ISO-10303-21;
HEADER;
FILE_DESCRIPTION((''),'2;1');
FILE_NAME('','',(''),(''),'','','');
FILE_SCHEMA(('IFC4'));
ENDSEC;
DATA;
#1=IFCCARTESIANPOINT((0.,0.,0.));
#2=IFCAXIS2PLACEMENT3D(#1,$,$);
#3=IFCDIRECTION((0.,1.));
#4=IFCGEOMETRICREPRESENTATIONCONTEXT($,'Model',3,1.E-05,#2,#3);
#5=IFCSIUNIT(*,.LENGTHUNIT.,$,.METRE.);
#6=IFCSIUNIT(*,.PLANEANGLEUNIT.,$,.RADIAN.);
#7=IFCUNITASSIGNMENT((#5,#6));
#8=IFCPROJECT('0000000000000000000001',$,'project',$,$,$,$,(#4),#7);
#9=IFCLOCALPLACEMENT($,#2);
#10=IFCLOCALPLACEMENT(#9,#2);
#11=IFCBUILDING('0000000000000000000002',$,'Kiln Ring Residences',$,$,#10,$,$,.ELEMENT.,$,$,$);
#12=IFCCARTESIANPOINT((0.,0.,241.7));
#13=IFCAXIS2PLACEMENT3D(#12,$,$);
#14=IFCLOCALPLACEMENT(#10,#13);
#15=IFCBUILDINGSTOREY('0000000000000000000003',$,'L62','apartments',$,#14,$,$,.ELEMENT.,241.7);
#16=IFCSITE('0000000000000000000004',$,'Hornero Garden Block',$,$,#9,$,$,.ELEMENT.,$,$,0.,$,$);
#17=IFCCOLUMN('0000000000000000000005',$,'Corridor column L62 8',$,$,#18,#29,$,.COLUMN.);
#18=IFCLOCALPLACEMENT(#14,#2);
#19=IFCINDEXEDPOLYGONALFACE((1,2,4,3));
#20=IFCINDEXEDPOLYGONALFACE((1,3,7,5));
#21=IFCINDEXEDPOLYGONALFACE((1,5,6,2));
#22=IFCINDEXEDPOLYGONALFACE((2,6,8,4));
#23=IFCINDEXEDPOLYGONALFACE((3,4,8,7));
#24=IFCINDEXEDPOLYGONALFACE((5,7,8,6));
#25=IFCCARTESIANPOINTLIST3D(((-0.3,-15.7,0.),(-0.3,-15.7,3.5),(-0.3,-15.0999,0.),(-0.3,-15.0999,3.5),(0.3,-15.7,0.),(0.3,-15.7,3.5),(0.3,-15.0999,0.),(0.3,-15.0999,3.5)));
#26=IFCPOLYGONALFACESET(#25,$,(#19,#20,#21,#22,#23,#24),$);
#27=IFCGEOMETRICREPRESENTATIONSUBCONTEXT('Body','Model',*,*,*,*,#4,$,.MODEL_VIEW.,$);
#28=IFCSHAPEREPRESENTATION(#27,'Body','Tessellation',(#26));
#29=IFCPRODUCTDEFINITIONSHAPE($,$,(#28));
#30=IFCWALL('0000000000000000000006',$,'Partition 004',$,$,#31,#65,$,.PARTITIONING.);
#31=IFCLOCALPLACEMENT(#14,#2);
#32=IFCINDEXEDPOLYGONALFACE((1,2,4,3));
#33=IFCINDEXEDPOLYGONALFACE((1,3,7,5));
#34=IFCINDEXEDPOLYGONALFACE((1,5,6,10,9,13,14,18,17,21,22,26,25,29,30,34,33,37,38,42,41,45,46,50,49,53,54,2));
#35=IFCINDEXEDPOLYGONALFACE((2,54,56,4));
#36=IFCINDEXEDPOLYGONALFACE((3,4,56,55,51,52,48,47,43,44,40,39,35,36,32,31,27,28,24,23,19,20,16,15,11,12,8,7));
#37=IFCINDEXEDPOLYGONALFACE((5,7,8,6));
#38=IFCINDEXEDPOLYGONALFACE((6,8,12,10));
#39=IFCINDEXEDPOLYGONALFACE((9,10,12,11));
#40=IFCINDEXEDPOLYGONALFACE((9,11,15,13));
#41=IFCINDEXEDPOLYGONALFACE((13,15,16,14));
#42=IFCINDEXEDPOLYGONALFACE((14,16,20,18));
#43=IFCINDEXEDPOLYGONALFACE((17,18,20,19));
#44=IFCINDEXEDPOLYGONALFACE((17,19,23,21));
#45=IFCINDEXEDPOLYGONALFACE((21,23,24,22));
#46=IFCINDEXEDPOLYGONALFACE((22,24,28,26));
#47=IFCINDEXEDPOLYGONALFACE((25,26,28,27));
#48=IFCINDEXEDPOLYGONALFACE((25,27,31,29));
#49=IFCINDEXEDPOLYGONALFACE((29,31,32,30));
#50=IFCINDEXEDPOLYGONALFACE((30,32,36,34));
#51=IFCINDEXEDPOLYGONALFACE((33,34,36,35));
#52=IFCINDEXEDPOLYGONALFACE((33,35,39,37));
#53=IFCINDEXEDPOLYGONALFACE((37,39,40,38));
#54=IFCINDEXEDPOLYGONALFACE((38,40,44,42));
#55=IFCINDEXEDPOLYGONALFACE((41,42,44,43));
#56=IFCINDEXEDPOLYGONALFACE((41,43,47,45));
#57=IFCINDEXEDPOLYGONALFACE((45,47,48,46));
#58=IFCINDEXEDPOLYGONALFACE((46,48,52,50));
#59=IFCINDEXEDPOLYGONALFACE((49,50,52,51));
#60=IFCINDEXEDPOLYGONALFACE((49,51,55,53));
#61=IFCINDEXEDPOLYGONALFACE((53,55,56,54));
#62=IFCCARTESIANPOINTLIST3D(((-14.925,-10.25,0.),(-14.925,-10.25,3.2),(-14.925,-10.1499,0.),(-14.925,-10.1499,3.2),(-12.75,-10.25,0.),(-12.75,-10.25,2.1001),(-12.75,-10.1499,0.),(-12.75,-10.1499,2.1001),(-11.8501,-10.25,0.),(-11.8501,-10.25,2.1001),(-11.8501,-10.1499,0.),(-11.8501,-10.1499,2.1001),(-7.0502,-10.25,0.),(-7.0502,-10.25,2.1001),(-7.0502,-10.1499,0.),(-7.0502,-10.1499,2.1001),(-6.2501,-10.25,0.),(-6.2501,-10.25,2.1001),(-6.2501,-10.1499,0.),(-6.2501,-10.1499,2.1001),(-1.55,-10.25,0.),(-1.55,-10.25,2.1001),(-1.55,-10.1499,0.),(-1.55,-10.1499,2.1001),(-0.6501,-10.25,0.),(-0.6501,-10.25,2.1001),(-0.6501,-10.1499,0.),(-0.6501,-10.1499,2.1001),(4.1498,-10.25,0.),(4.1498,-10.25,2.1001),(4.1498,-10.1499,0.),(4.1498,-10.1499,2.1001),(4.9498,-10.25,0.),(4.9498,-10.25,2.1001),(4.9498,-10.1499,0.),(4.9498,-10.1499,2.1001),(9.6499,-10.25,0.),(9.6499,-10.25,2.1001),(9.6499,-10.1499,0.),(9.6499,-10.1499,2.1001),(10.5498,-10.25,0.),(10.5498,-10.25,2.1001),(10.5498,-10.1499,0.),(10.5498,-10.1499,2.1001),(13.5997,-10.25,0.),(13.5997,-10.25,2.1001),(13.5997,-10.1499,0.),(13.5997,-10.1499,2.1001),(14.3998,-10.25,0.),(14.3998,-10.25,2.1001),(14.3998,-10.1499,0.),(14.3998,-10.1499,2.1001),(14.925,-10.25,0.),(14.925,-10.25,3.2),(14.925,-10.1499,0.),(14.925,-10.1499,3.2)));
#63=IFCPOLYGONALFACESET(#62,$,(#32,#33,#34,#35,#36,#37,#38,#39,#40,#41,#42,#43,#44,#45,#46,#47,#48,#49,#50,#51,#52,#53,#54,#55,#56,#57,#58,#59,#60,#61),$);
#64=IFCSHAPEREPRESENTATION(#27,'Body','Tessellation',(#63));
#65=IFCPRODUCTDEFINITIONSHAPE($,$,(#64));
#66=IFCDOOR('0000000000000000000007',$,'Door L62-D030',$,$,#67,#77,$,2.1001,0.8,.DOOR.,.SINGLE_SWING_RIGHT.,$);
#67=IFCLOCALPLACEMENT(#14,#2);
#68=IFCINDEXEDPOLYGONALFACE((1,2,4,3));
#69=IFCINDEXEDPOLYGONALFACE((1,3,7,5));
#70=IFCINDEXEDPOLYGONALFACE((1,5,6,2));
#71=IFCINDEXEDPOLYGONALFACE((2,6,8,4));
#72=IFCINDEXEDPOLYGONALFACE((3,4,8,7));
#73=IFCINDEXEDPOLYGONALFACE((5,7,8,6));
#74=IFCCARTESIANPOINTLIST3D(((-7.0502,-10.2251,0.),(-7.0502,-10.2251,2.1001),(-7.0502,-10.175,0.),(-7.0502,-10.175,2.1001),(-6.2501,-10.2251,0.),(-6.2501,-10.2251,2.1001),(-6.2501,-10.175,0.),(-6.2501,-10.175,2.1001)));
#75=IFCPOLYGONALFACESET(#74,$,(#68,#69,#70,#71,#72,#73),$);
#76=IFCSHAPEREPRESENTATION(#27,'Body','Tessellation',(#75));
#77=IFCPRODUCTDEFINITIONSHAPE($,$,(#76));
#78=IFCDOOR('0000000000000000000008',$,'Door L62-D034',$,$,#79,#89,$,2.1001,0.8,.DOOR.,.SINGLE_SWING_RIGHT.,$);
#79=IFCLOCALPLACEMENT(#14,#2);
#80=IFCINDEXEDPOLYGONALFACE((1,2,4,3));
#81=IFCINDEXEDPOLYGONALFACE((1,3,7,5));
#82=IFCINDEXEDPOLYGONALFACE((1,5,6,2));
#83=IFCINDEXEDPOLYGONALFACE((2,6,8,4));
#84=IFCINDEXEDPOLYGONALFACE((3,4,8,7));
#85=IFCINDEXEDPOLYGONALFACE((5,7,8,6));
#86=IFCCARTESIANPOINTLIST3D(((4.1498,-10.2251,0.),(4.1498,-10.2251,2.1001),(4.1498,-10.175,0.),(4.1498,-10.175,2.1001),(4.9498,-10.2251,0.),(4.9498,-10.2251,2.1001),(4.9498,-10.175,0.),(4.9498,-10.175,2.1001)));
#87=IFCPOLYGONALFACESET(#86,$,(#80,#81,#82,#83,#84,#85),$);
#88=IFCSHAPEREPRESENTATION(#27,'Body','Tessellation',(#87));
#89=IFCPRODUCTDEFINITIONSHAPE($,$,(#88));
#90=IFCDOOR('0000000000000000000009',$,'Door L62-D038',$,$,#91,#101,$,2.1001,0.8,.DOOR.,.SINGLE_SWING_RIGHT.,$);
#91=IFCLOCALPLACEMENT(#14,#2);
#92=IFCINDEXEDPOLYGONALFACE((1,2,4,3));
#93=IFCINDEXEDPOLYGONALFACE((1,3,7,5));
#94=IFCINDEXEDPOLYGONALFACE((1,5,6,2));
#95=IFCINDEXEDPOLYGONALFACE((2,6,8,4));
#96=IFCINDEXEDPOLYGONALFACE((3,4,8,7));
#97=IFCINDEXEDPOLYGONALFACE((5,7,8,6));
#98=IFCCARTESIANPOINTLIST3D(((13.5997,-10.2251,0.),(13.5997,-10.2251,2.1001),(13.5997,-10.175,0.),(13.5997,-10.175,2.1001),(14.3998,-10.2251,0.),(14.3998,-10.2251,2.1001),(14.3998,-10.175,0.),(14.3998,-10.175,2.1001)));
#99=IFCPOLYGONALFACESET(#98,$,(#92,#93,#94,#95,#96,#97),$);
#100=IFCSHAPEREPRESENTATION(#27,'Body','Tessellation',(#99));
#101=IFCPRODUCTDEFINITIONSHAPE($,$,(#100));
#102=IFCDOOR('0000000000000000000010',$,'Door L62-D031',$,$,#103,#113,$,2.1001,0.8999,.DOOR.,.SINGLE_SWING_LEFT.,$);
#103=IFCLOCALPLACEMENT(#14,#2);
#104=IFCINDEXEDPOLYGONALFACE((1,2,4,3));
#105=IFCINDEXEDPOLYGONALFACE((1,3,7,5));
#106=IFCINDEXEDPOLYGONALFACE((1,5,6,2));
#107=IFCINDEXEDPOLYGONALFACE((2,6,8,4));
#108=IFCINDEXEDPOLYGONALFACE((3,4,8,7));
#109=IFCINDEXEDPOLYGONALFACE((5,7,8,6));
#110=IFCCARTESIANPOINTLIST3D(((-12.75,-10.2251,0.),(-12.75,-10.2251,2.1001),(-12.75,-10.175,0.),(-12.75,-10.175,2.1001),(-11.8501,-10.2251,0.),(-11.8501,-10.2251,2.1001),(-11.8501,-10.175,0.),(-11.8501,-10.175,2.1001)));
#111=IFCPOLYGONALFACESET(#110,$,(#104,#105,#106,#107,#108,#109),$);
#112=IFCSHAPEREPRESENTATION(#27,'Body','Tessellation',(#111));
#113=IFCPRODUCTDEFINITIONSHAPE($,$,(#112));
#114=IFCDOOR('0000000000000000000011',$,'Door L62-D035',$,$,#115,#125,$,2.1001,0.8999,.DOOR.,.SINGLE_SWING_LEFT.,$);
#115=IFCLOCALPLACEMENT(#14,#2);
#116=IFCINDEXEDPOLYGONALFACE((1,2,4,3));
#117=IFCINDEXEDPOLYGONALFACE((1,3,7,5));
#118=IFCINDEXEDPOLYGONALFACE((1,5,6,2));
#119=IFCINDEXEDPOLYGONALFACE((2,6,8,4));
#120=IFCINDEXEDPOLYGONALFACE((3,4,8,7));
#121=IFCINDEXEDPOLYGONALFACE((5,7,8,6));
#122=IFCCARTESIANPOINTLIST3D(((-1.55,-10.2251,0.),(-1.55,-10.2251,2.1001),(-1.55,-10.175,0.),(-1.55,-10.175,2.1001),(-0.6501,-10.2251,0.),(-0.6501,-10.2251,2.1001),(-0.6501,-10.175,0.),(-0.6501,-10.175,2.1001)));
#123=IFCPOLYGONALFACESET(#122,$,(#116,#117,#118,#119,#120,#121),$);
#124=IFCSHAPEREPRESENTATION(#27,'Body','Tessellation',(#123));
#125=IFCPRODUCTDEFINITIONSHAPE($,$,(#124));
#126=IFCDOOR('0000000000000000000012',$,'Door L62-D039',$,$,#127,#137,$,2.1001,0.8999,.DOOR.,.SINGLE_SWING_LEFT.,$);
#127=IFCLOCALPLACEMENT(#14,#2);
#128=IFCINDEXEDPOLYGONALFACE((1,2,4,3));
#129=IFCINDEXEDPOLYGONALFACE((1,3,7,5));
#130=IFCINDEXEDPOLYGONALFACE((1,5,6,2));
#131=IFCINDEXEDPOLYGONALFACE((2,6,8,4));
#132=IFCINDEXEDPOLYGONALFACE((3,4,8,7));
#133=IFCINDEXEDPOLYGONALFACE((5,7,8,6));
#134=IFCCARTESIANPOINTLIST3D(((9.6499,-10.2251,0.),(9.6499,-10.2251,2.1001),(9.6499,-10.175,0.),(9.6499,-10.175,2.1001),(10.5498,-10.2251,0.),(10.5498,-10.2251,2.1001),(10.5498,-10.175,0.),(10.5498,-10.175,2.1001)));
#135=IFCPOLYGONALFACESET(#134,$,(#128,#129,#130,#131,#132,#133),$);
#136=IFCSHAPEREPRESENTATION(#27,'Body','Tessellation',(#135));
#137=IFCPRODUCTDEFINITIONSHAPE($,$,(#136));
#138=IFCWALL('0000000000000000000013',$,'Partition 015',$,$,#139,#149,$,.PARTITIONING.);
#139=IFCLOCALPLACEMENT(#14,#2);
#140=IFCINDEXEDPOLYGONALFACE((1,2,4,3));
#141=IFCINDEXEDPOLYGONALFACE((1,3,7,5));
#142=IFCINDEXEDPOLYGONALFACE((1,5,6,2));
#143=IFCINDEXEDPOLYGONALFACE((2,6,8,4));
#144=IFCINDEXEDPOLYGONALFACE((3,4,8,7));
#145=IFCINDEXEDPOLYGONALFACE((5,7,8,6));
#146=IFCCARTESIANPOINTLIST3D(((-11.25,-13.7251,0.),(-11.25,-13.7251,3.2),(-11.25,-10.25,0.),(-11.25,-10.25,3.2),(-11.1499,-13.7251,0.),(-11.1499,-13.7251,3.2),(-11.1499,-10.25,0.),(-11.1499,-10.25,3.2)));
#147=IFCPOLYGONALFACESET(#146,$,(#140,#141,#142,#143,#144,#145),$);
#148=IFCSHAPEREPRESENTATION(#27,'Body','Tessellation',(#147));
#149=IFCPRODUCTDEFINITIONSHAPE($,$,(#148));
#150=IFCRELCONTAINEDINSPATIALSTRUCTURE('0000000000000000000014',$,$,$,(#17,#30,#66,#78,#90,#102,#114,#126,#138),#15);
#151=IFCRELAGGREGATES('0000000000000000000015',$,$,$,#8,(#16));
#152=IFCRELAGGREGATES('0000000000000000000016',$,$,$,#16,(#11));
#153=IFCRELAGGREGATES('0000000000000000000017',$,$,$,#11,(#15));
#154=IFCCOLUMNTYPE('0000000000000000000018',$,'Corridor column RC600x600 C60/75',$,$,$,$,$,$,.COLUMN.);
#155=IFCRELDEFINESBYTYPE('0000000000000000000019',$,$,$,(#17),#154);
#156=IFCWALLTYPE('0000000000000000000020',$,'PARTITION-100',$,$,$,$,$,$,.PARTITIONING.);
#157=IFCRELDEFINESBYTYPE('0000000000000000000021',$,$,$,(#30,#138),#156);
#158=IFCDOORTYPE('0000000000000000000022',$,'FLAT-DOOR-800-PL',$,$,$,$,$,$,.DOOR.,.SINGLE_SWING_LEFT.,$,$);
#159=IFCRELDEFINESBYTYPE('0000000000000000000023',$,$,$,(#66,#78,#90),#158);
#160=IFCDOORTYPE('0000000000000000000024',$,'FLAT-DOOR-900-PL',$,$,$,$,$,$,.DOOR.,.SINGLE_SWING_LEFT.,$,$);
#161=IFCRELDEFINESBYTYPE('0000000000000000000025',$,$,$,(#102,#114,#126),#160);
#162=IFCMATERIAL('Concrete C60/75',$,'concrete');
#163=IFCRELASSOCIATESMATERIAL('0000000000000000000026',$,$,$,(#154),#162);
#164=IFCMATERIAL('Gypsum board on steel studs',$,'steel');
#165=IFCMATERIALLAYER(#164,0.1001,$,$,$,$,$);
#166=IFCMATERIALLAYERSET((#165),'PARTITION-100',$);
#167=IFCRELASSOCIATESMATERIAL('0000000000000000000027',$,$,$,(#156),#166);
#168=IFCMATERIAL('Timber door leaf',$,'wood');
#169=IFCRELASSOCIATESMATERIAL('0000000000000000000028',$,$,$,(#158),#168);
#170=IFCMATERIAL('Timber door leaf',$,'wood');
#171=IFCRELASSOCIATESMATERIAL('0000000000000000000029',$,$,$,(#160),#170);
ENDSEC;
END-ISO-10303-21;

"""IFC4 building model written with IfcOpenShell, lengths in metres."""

from ifc_helpers import new_model, si_unit, direction, frame, frame_2d, origin, origin_2d, place, context, subcontext, project, spatial, rectangle, extrude, material, layer, layer_set, material_profile, profile_set, type_object, element, fill, save


model = new_model("IFC4")

# Units and contexts
model_context = context("Model", 3, precision=1e-05, world=origin(), true_north=direction((0.0, 1.0)))
body_context = subcontext(model_context, "Body", "Model", "MODEL_VIEW")
ifc_project = project(units=[si_unit("LENGTHUNIT", "METRE"), si_unit("PLANEANGLEUNIT", "RADIAN")], contexts=[model_context])

# Site, building, storey
site_placement = place(None, origin())
site = spatial("IfcSite", under=ifc_project, at=site_placement, Name="Hornero Garden Block", CompositionType="ELEMENT", RefElevation=0.0)
building_placement = place(site_placement, origin())
building = spatial("IfcBuilding", under=site, at=building_placement, Name="Kiln Ring Residences", CompositionType="ELEMENT")
storey_placement = place(building_placement, frame((0.0, 0.0, 241.7)))
storey = spatial("IfcBuildingStorey", under=building, at=storey_placement, Name="L62", Description="apartments", CompositionType="ELEMENT", Elevation=241.7)

# Column
ifc_material_1 = material(Name="Concrete C60/75", Category="concrete")
ifc_material_profile = material_profile(ifc_material_1, rectangle(XDim=0.6001, YDim=0.6001, at=origin_2d()), Name="RC600x600")
ifc_profile_set = profile_set([ifc_material_profile], Name="Concrete C60/75")
column_type = type_object("IfcColumnType", Name="Corridor column RC600x600 C60/75", PredefinedType="COLUMN", material=ifc_profile_set)
column_placement = place(storey_placement, frame((0.0, -15.3999, 0.0), z_axis=(0.0, 0.0, 1.0), x_axis=(1.0, 0.0, 0.0)))
element("IfcColumn", 1, at=column_placement, inside=storey, type_object=column_type, Name="Corridor column L62 8", PredefinedType="COLUMN", context=body_context, shape_type="SweptSolid", body=[
    extrude(rectangle(XDim=0.6001, YDim=0.6001, at=origin_2d()), origin(), (0.0, 0.0, 1.0), 3.5),
])

# Wall, openings, doors
ifc_material_2 = material(Name="Gypsum board on steel studs", Category="steel")
ifc_layer_1 = layer(ifc_material_2, 0.1001)
ifc_layer_set_1 = layer_set([ifc_layer_1], Name="PARTITION-100")
wall_type_1 = type_object("IfcWallType", Name="PARTITION-100", PredefinedType="PARTITIONING", material=ifc_layer_set_1)
wall_1_placement = place(storey_placement, frame((-14.925, -10.2, 0.0), z_axis=(0.0, 0.0, 1.0), x_axis=(1.0, 0.0, 0.0)))
wall_1 = element("IfcWall", 2, at=wall_1_placement, inside=storey, type_object=wall_type_1, Name="Partition 004", PredefinedType="PARTITIONING", context=body_context, shape_type="SweptSolid", body=[
    extrude(rectangle(XDim=29.8501, YDim=0.1001, at=frame_2d((14.925, 0.0))), origin(), (0.0, 0.0, 1.0), 3.2),
])
opening_1_placement = place(wall_1_placement, frame((7.875, 0.0, 0.0)))
opening_1 = element("IfcOpeningElement", 3, at=opening_1_placement, cuts=wall_1, PredefinedType="OPENING", context=body_context, shape_type="SweptSolid", body=[
    extrude(rectangle(XDim=0.8, YDim=2.1001, at=frame_2d((0.3999, 1.05))), frame((0.0, 0.0601, 0.0), z_axis=(0.0, -1.0, 0.0), x_axis=(1.0, 0.0, 0.0)), (0.0, 0.0, 1.0), 0.1201),
])
opening_2_placement = place(wall_1_placement, frame((2.175, 0.0, 0.0)))
opening_2 = element("IfcOpeningElement", 4, at=opening_2_placement, cuts=wall_1, PredefinedType="OPENING", context=body_context, shape_type="SweptSolid", body=[
    extrude(rectangle(XDim=0.8999, YDim=2.1001, at=frame_2d((0.45, 1.05))), frame((0.0, 0.0601, 0.0), z_axis=(0.0, -1.0, 0.0), x_axis=(1.0, 0.0, 0.0)), (0.0, 0.0, 1.0), 0.1201),
])
opening_3_placement = place(wall_1_placement, frame((19.075, 0.0, 0.0)))
opening_3 = element("IfcOpeningElement", 5, at=opening_3_placement, cuts=wall_1, PredefinedType="OPENING", context=body_context, shape_type="SweptSolid", body=[
    extrude(rectangle(XDim=0.8, YDim=2.1001, at=frame_2d((0.3999, 1.05))), frame((0.0, 0.0601, 0.0), z_axis=(0.0, -1.0, 0.0), x_axis=(1.0, 0.0, 0.0)), (0.0, 0.0, 1.0), 0.1201),
])
opening_4_placement = place(wall_1_placement, frame((13.375, 0.0, 0.0)))
opening_4 = element("IfcOpeningElement", 6, at=opening_4_placement, cuts=wall_1, PredefinedType="OPENING", context=body_context, shape_type="SweptSolid", body=[
    extrude(rectangle(XDim=0.8999, YDim=2.1001, at=frame_2d((0.45, 1.05))), frame((0.0, 0.0601, 0.0), z_axis=(0.0, -1.0, 0.0), x_axis=(1.0, 0.0, 0.0)), (0.0, 0.0, 1.0), 0.1201),
])
opening_5_placement = place(wall_1_placement, frame((28.5249, 0.0, 0.0)))
opening_5 = element("IfcOpeningElement", 7, at=opening_5_placement, cuts=wall_1, PredefinedType="OPENING", context=body_context, shape_type="SweptSolid", body=[
    extrude(rectangle(XDim=0.8, YDim=2.1001, at=frame_2d((0.3999, 1.05))), frame((0.0, 0.0601, 0.0), z_axis=(0.0, -1.0, 0.0), x_axis=(1.0, 0.0, 0.0)), (0.0, 0.0, 1.0), 0.1201),
])
opening_6_placement = place(wall_1_placement, frame((24.575, 0.0, 0.0)))
opening_6 = element("IfcOpeningElement", 8, at=opening_6_placement, cuts=wall_1, PredefinedType="OPENING", context=body_context, shape_type="SweptSolid", body=[
    extrude(rectangle(XDim=0.8999, YDim=2.1001, at=frame_2d((0.45, 1.05))), frame((0.0, 0.0601, 0.0), z_axis=(0.0, -1.0, 0.0), x_axis=(1.0, 0.0, 0.0)), (0.0, 0.0, 1.0), 0.1201),
])
ifc_material_3 = material(Name="Timber door leaf", Category="wood")
door_type_1 = type_object("IfcDoorType", Name="FLAT-DOOR-800-PL", OperationType="SINGLE_SWING_LEFT", PredefinedType="DOOR", material=ifc_material_3)
door_1_placement = place(opening_1_placement, origin())
door_1 = element("IfcDoor", 9, at=door_1_placement, inside=storey, type_object=door_type_1, Name="Door L62-D030", OperationType="SINGLE_SWING_RIGHT", OverallHeight=2.1001, OverallWidth=0.8, PredefinedType="DOOR", context=body_context, shape_type="SweptSolid", body=[
    extrude(rectangle(XDim=0.8, YDim=2.1001, at=frame_2d((0.3999, 1.05))), frame((0.0, 0.0249, 0.0), z_axis=(0.0, -1.0, 0.0), x_axis=(1.0, 0.0, 0.0)), (0.0, 0.0, 1.0), 0.05),
])
fill(opening_1, door_1)
door_2_placement = place(opening_3_placement, origin())
door_2 = element("IfcDoor", 10, at=door_2_placement, inside=storey, type_object=door_type_1, Name="Door L62-D034", OperationType="SINGLE_SWING_RIGHT", OverallHeight=2.1001, OverallWidth=0.8, PredefinedType="DOOR", context=body_context, shape_type="SweptSolid", body=[
    extrude(rectangle(XDim=0.8, YDim=2.1001, at=frame_2d((0.3999, 1.05))), frame((0.0, 0.0249, 0.0), z_axis=(0.0, -1.0, 0.0), x_axis=(1.0, 0.0, 0.0)), (0.0, 0.0, 1.0), 0.05),
])
fill(opening_3, door_2)
door_3_placement = place(opening_5_placement, origin())
door_3 = element("IfcDoor", 11, at=door_3_placement, inside=storey, type_object=door_type_1, Name="Door L62-D038", OperationType="SINGLE_SWING_RIGHT", OverallHeight=2.1001, OverallWidth=0.8, PredefinedType="DOOR", context=body_context, shape_type="SweptSolid", body=[
    extrude(rectangle(XDim=0.8, YDim=2.1001, at=frame_2d((0.3999, 1.05))), frame((0.0, 0.0249, 0.0), z_axis=(0.0, -1.0, 0.0), x_axis=(1.0, 0.0, 0.0)), (0.0, 0.0, 1.0), 0.05),
])
fill(opening_5, door_3)
ifc_material_4 = material(Name="Timber door leaf", Category="wood")
door_type_2 = type_object("IfcDoorType", Name="FLAT-DOOR-900-PL", OperationType="SINGLE_SWING_LEFT", PredefinedType="DOOR", material=ifc_material_4)
door_4_placement = place(opening_2_placement, origin())
door_4 = element("IfcDoor", 12, at=door_4_placement, inside=storey, type_object=door_type_2, Name="Door L62-D031", OperationType="SINGLE_SWING_LEFT", OverallHeight=2.1001, OverallWidth=0.8999, PredefinedType="DOOR", context=body_context, shape_type="SweptSolid", body=[
    extrude(rectangle(XDim=0.8999, YDim=2.1001, at=frame_2d((0.45, 1.05))), frame((0.0, 0.0249, 0.0), z_axis=(0.0, -1.0, 0.0), x_axis=(1.0, 0.0, 0.0)), (0.0, 0.0, 1.0), 0.05),
])
fill(opening_2, door_4)
door_5_placement = place(opening_4_placement, origin())
door_5 = element("IfcDoor", 13, at=door_5_placement, inside=storey, type_object=door_type_2, Name="Door L62-D035", OperationType="SINGLE_SWING_LEFT", OverallHeight=2.1001, OverallWidth=0.8999, PredefinedType="DOOR", context=body_context, shape_type="SweptSolid", body=[
    extrude(rectangle(XDim=0.8999, YDim=2.1001, at=frame_2d((0.45, 1.05))), frame((0.0, 0.0249, 0.0), z_axis=(0.0, -1.0, 0.0), x_axis=(1.0, 0.0, 0.0)), (0.0, 0.0, 1.0), 0.05),
])
fill(opening_4, door_5)
door_6_placement = place(opening_6_placement, origin())
door_6 = element("IfcDoor", 14, at=door_6_placement, inside=storey, type_object=door_type_2, Name="Door L62-D039", OperationType="SINGLE_SWING_LEFT", OverallHeight=2.1001, OverallWidth=0.8999, PredefinedType="DOOR", context=body_context, shape_type="SweptSolid", body=[
    extrude(rectangle(XDim=0.8999, YDim=2.1001, at=frame_2d((0.45, 1.05))), frame((0.0, 0.0249, 0.0), z_axis=(0.0, -1.0, 0.0), x_axis=(1.0, 0.0, 0.0)), (0.0, 0.0, 1.0), 0.05),
])
fill(opening_6, door_6)

# Wall
wall_2_placement = place(storey_placement, frame((-11.2, -13.7251, 0.0), z_axis=(0.0, 0.0, 1.0), x_axis=(0.0, 1.0, 0.0)))
element("IfcWall", 15, at=wall_2_placement, inside=storey, type_object=wall_type_1, Name="Partition 015", PredefinedType="PARTITIONING", context=body_context, shape_type="SweptSolid", body=[
    extrude(rectangle(XDim=3.4751, YDim=0.1001, at=frame_2d((1.7375, 0.0))), origin(), (0.0, 0.0, 1.0), 3.2),
])

save(model, "model.ifc")
